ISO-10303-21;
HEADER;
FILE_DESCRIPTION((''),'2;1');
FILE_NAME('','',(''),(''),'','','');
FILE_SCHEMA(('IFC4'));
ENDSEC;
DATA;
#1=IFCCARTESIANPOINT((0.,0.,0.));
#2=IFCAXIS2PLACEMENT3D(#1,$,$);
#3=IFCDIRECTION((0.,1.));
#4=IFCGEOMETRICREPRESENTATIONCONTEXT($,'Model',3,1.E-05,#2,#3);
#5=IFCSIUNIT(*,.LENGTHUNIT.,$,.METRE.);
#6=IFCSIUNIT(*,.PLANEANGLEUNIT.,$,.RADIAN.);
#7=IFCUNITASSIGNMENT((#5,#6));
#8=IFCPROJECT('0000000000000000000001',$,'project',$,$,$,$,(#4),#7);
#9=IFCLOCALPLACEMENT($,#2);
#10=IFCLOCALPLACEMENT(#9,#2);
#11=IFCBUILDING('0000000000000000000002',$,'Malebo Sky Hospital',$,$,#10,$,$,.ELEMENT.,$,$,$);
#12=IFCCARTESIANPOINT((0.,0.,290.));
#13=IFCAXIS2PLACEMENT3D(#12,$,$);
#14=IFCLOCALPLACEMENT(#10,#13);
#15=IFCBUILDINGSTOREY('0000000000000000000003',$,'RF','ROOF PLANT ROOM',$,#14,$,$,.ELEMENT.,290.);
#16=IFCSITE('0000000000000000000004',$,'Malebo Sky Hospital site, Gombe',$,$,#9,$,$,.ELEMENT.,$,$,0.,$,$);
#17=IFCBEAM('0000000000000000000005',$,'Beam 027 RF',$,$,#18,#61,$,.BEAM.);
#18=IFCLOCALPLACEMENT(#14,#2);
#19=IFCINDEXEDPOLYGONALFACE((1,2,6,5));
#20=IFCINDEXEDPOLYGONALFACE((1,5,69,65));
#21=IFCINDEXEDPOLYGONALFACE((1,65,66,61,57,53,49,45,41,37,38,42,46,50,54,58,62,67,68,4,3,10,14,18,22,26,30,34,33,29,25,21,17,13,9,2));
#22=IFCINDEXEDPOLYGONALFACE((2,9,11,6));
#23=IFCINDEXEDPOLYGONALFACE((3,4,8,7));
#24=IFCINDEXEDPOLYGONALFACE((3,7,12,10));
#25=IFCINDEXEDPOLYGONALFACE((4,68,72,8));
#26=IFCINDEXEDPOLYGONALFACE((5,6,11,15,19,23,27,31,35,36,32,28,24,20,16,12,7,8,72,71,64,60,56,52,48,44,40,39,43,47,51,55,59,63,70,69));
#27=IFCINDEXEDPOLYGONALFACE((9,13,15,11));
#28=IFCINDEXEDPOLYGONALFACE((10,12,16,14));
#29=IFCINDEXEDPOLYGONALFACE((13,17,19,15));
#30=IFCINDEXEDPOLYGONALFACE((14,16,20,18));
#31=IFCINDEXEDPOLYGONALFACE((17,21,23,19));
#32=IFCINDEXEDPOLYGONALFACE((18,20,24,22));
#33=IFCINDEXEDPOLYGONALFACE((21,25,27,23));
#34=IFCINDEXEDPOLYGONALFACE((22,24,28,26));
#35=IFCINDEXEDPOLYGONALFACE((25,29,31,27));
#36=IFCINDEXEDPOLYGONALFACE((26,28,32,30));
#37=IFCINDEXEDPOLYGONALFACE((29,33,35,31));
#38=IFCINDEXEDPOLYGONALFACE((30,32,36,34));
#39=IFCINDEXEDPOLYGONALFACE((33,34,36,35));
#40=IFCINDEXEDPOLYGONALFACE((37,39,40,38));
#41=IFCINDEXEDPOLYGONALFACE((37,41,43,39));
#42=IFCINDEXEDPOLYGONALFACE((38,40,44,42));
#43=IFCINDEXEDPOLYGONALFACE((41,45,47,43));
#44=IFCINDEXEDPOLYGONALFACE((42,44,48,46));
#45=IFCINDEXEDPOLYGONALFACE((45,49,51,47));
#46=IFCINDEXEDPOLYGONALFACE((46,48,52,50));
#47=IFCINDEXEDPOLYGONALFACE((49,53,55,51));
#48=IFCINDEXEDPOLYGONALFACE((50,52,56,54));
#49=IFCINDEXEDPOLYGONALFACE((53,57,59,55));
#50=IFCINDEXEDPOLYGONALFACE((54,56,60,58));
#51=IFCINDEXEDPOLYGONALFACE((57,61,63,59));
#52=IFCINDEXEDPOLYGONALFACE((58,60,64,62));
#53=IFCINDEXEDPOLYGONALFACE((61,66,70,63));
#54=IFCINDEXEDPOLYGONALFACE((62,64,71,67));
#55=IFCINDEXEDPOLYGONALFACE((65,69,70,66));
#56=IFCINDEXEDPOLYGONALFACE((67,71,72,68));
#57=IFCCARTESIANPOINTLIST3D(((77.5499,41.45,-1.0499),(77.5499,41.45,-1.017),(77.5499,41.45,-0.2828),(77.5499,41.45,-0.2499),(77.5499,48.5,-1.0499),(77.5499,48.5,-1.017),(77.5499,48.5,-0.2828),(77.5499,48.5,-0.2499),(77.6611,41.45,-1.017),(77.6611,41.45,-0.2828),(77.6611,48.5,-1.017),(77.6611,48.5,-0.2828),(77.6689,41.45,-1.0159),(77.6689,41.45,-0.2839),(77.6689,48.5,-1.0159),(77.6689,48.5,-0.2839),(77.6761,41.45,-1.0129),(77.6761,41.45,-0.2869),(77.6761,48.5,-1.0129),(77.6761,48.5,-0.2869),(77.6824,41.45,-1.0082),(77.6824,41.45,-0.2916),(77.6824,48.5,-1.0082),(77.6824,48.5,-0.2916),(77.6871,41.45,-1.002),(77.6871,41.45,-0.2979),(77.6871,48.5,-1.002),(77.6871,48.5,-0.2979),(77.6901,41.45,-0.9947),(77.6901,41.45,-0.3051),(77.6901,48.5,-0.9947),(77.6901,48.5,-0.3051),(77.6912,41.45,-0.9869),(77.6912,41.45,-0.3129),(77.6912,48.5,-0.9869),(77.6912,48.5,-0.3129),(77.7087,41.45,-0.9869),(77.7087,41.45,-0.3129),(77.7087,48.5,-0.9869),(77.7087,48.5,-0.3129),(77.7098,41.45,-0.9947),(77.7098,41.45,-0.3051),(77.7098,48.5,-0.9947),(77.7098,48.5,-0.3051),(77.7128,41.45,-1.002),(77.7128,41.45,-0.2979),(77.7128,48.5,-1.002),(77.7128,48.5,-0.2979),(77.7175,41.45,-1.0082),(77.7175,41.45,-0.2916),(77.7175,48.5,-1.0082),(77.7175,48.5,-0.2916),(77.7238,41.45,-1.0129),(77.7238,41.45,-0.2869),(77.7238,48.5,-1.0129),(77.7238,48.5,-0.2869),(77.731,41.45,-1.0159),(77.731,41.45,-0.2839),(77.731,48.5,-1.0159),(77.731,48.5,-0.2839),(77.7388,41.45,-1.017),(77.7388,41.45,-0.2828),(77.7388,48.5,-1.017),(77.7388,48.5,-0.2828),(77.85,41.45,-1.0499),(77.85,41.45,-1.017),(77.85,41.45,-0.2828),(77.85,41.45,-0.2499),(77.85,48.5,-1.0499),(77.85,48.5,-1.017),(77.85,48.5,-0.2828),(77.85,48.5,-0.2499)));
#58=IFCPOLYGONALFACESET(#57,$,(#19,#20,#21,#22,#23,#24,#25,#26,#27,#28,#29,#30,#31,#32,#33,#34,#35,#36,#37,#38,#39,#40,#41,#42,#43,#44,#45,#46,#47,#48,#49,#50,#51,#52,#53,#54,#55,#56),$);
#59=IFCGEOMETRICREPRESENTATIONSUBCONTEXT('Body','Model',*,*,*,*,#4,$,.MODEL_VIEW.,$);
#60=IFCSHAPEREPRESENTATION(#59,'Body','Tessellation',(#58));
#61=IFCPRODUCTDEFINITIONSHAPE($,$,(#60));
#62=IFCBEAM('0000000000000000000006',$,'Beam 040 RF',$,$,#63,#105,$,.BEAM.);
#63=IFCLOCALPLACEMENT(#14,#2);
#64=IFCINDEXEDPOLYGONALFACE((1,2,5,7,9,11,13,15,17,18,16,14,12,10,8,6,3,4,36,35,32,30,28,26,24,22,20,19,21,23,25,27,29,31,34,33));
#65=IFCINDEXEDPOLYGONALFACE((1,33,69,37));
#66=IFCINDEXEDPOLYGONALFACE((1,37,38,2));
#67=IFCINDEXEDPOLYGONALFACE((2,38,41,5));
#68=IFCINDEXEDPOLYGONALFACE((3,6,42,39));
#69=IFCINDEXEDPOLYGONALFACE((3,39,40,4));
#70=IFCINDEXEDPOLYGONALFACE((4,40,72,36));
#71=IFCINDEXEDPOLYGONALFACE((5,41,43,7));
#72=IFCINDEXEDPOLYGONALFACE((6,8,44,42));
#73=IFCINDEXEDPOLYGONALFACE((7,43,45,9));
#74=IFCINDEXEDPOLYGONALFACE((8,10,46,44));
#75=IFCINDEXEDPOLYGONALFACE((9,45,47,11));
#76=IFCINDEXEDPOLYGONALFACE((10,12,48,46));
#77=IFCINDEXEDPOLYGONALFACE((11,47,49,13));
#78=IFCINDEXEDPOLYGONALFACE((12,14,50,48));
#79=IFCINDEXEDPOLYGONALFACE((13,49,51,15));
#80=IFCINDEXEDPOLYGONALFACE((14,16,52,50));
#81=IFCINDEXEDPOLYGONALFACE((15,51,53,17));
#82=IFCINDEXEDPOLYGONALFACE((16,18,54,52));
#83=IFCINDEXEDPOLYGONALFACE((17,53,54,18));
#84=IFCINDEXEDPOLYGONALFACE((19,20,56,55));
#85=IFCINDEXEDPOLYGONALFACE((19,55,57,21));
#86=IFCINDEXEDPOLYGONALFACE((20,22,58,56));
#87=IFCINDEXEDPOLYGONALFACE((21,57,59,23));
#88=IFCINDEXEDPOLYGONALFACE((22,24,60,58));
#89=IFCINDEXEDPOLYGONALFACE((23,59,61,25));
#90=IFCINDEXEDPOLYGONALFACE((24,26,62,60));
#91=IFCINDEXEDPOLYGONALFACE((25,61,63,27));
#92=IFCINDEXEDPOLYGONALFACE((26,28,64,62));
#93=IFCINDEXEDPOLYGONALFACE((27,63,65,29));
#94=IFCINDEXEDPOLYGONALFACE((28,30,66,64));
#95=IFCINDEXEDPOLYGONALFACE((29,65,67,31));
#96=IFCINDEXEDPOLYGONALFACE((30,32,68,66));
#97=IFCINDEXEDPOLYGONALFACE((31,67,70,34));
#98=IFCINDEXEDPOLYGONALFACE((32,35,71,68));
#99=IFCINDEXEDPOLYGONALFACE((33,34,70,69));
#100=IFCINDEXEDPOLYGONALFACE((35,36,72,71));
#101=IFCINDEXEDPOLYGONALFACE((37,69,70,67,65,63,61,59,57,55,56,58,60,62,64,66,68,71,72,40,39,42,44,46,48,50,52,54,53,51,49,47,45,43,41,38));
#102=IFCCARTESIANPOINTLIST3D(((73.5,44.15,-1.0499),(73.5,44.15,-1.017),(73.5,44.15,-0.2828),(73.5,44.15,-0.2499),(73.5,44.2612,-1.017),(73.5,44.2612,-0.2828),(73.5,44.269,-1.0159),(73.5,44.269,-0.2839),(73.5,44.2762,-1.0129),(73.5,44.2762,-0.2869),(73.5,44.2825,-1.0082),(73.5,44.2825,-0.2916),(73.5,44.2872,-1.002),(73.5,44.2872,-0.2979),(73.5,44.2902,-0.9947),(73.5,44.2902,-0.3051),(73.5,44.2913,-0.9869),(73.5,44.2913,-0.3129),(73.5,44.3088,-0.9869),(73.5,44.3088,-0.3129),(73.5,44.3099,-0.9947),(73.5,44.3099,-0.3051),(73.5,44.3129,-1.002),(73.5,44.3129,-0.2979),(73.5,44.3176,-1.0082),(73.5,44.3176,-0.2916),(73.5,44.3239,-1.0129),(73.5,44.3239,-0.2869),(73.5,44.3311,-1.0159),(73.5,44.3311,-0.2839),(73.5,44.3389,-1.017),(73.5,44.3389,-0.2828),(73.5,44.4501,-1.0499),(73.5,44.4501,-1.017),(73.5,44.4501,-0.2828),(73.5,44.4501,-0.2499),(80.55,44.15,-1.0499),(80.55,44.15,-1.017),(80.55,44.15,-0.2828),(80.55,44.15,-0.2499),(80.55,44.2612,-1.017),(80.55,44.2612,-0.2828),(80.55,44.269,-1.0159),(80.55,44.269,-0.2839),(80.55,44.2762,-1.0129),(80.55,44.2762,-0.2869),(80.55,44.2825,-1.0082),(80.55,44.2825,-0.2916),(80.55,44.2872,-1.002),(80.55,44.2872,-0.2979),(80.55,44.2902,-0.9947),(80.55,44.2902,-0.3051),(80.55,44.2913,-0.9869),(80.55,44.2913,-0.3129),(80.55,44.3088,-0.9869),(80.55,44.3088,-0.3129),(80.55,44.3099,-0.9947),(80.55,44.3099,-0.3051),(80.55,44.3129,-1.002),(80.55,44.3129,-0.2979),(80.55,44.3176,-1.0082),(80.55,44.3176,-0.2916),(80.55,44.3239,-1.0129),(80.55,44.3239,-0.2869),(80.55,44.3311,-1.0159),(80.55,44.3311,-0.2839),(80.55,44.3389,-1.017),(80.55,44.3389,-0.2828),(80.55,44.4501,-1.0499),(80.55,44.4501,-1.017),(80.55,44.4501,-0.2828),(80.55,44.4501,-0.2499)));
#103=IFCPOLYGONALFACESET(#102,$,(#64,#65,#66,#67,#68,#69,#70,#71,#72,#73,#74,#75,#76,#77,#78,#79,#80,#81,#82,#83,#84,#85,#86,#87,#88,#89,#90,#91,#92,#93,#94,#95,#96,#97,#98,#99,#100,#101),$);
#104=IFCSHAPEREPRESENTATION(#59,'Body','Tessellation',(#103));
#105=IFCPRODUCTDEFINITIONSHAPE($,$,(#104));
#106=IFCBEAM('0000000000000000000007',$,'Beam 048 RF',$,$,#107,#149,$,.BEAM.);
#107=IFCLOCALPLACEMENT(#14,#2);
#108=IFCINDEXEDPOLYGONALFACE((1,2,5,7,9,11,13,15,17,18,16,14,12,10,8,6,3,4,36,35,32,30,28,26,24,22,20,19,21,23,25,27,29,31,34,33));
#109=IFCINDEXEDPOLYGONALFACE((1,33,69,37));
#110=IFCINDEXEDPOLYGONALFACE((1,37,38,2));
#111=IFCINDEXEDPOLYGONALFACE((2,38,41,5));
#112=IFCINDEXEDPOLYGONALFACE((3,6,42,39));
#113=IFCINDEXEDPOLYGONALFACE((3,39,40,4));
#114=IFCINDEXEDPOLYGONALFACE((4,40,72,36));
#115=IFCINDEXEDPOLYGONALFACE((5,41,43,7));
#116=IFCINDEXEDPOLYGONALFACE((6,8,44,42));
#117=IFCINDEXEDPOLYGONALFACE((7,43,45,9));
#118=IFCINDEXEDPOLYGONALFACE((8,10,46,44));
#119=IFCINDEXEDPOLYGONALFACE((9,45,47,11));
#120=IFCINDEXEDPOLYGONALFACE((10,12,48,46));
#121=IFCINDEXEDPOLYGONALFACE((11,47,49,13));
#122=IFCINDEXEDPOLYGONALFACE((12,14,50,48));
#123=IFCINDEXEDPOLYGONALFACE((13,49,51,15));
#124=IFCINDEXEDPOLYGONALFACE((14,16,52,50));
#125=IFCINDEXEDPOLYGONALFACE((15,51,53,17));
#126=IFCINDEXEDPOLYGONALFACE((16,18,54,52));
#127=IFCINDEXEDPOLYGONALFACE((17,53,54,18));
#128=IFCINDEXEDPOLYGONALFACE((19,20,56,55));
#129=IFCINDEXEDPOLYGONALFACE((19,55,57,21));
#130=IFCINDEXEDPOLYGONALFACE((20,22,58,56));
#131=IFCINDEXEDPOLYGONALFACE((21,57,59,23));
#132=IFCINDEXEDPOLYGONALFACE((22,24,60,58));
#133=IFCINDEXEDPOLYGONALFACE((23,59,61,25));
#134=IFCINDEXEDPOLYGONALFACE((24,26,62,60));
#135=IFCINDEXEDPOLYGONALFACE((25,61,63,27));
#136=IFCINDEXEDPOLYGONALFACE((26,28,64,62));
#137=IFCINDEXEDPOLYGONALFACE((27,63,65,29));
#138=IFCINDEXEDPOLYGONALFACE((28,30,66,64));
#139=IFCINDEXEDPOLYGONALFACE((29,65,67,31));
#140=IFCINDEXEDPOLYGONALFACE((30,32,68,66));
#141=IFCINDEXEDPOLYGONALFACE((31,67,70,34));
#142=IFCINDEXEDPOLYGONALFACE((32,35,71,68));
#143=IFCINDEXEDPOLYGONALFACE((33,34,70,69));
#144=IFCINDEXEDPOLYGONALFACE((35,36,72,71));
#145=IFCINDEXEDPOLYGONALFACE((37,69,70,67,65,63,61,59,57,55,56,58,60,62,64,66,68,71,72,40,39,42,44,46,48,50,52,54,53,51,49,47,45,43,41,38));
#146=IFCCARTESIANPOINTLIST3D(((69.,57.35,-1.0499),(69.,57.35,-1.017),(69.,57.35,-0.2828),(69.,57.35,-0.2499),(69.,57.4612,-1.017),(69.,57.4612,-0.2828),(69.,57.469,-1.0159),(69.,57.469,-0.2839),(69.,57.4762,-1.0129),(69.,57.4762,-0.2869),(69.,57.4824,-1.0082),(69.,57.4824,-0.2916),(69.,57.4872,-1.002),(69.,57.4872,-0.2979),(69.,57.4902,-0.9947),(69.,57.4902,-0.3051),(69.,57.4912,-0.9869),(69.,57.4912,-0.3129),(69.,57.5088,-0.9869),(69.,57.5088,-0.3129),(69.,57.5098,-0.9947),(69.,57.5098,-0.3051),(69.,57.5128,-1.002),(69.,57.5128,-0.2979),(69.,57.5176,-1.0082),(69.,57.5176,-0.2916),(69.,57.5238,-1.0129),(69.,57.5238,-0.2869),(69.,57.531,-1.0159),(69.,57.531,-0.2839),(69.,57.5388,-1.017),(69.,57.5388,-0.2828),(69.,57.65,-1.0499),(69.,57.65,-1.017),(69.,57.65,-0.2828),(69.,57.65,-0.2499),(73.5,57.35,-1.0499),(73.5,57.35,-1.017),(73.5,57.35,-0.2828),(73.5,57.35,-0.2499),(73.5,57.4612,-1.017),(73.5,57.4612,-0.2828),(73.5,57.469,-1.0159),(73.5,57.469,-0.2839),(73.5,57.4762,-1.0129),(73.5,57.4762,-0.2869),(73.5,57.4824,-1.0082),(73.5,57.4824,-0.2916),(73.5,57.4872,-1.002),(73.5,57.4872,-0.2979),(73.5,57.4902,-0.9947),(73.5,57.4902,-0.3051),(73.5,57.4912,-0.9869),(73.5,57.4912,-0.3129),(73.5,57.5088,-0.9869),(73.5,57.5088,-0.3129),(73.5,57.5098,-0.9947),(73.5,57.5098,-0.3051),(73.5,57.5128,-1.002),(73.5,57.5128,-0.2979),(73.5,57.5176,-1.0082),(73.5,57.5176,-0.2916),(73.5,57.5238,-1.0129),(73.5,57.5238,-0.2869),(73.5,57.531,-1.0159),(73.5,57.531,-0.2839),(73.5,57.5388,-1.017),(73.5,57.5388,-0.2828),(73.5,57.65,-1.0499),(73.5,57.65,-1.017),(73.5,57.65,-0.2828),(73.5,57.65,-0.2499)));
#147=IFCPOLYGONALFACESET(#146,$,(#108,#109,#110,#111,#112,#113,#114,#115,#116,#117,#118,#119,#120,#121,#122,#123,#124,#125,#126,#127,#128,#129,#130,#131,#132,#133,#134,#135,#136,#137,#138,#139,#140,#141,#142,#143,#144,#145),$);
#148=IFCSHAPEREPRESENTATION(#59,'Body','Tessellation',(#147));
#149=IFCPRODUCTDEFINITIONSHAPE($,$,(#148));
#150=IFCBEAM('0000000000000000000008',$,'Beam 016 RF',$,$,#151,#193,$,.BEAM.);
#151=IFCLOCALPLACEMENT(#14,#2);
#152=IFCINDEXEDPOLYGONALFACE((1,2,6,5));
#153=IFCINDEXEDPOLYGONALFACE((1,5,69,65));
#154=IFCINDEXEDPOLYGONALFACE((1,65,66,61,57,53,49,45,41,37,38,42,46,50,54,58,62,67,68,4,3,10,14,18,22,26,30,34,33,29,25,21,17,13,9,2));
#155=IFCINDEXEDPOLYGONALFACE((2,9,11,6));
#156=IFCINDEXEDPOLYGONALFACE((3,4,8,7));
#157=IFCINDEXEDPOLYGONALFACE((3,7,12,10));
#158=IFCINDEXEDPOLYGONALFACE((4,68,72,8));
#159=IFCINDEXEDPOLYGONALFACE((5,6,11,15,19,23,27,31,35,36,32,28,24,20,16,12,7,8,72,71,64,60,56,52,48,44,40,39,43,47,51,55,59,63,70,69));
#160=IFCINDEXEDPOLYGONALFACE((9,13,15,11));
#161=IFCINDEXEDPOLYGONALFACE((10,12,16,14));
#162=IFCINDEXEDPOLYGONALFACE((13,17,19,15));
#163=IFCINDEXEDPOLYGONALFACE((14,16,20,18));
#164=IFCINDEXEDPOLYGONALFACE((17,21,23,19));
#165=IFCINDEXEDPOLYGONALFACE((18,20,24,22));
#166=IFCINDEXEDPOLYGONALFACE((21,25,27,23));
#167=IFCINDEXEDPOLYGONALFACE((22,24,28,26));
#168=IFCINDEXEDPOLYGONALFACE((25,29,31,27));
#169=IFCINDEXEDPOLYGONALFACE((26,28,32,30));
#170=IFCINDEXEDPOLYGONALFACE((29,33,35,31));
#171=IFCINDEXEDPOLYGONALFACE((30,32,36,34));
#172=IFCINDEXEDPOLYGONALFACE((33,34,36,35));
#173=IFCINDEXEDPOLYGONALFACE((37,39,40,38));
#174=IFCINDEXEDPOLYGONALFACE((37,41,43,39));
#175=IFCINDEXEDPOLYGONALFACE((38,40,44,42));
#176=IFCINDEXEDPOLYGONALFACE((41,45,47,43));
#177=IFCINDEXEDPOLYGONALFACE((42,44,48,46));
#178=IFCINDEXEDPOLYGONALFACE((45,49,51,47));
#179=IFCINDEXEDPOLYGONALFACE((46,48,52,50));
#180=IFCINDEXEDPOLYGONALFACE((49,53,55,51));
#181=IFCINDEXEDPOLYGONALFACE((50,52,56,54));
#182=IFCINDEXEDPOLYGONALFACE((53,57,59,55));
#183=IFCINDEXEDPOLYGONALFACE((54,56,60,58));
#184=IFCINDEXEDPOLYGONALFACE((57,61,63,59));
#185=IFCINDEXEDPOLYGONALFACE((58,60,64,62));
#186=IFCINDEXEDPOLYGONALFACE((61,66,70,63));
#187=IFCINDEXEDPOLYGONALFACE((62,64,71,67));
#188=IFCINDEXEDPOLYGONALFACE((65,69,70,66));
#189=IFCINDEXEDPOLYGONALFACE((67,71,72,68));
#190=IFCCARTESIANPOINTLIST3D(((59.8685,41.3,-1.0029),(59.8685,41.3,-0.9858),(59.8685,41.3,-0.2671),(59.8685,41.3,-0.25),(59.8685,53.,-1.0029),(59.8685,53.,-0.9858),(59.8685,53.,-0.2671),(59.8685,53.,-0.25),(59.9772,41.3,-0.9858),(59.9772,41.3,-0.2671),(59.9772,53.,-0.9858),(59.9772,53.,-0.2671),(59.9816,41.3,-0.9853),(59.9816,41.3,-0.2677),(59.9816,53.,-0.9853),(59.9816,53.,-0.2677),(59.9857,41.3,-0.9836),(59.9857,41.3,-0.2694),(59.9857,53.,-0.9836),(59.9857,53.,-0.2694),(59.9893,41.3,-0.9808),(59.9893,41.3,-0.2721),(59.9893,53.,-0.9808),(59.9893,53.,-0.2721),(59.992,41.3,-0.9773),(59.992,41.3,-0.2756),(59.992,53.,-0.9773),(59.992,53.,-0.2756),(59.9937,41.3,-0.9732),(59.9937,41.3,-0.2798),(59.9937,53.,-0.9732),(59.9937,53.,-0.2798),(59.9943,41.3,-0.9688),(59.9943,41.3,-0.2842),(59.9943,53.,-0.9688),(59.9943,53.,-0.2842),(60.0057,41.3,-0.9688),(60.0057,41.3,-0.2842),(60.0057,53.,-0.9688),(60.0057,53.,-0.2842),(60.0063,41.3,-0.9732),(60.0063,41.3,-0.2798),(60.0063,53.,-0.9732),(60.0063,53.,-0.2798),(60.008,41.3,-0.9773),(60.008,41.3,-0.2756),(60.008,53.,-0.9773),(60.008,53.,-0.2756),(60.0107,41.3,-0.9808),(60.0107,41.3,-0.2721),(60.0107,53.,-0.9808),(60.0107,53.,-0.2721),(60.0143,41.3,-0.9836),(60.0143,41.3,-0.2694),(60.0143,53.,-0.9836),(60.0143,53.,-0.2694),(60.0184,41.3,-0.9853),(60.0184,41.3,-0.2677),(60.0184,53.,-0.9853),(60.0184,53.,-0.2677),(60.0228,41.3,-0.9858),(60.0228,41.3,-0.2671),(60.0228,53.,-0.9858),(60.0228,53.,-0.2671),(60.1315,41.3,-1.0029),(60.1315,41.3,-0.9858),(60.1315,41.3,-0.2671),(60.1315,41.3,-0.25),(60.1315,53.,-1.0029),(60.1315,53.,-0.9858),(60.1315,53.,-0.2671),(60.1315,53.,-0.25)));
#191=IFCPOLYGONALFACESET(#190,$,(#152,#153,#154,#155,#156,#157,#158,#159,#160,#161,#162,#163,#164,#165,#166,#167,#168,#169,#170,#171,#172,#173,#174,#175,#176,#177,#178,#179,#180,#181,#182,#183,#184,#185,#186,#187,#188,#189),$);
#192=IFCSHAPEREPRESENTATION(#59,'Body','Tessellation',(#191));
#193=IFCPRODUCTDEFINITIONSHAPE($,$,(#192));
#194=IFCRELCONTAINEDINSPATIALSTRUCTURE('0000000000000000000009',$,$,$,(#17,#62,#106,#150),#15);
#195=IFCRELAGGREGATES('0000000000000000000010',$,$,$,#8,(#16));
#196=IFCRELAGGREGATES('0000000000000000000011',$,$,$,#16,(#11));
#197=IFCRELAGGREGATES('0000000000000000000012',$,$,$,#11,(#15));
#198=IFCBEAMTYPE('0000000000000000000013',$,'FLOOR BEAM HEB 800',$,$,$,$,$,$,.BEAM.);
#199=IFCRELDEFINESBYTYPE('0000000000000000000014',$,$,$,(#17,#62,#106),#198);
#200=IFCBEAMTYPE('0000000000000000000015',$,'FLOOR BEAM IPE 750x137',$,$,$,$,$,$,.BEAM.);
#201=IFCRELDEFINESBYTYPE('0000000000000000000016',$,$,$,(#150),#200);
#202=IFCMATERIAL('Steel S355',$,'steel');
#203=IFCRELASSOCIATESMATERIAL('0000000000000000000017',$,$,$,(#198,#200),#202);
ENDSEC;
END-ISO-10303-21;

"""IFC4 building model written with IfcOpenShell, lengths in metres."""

from ifc_helpers import new_model, si_unit, direction, frame, origin, origin_2d, place, context, subcontext, project, spatial, i_section, extrude, material, material_profile, profile_set, type_object, element, save


model = new_model("IFC4")

# Units and contexts
model_context = context("Model", 3, precision=1e-05, world=origin(), true_north=direction((0.0, 1.0)))
body_context = subcontext(model_context, "Body", "Model", "MODEL_VIEW")
ifc_project = project(units=[si_unit("LENGTHUNIT", "METRE"), si_unit("PLANEANGLEUNIT", "RADIAN")], contexts=[model_context])

# Site, building, storey
site_placement = place(None, origin())
site = spatial("IfcSite", under=ifc_project, at=site_placement, Name="Malebo Sky Hospital site, Gombe", CompositionType="ELEMENT", RefElevation=0.0)
building_placement = place(site_placement, origin())
building = spatial("IfcBuilding", under=site, at=building_placement, Name="Malebo Sky Hospital", CompositionType="ELEMENT")
storey_placement = place(building_placement, frame((0.0, 0.0, 290.0)))
storey = spatial("IfcBuildingStorey", under=building, at=storey_placement, Name="RF", Description="ROOF PLANT ROOM", CompositionType="ELEMENT", Elevation=290.0)

# Beams
ifc_material_1 = material(Name="Steel S355", Category="steel")
ifc_material_profile_1 = material_profile(ifc_material_1, i_section(OverallWidth=0.3, OverallDepth=0.8, WebThickness=0.0176, FlangeThickness=0.033, FilletRadius=0.03, at=origin_2d()), Name="HEB 800")
ifc_profile_set_1 = profile_set([ifc_material_profile_1], Name="Steel S355")
beam_type_1 = type_object("IfcBeamType", Name="FLOOR BEAM HEB 800", PredefinedType="BEAM", material=ifc_profile_set_1)
for number, where, z_axis, x_axis, name in (
    (1, (77.7, 41.45, -0.6499), (0.0, 1.0, 0.0), (-1.0, 0.0, 0.0), "Beam 027 RF"),
    (2, (73.5, 44.3, -0.6499), (1.0, 0.0, 0.0), (0.0, 1.0, 0.0), "Beam 040 RF"),
):
    element("IfcBeam", number, at=place(storey_placement, frame(where, z_axis=z_axis, x_axis=x_axis)), inside=storey, type_object=beam_type_1, Name=name, PredefinedType="BEAM", context=body_context, shape_type="SweptSolid", body=[
        extrude(i_section(OverallWidth=0.3, OverallDepth=0.8, WebThickness=0.0176, FlangeThickness=0.033, FilletRadius=0.03, at=origin_2d()), origin(), (0.0, 0.0, 1.0), 7.05),
    ])
beam_1_placement = place(storey_placement, frame((69.0, 57.5, -0.6499), z_axis=(1.0, 0.0, 0.0), x_axis=(0.0, 1.0, 0.0)))
element("IfcBeam", 3, at=beam_1_placement, inside=storey, type_object=beam_type_1, Name="Beam 048 RF", PredefinedType="BEAM", context=body_context, shape_type="SweptSolid", body=[
    extrude(i_section(OverallWidth=0.3, OverallDepth=0.8, WebThickness=0.0176, FlangeThickness=0.033, FilletRadius=0.03, at=origin_2d()), origin(), (0.0, 0.0, 1.0), 4.5),
])
ifc_material_profile_2 = material_profile(ifc_material_1, i_section(OverallWidth=0.2629, OverallDepth=0.7529, WebThickness=0.0115, FlangeThickness=0.0171, FilletRadius=0.0171, at=origin_2d()), Name="IPE 750x137")
ifc_profile_set_2 = profile_set([ifc_material_profile_2], Name="Steel S355")
beam_type_2 = type_object("IfcBeamType", Name="FLOOR BEAM IPE 750x137", PredefinedType="BEAM", material=ifc_profile_set_2)
beam_2_placement = place(storey_placement, frame((60.0, 41.3, -0.6265), z_axis=(0.0, 1.0, 0.0), x_axis=(-1.0, 0.0, 0.0)))
element("IfcBeam", 4, at=beam_2_placement, inside=storey, type_object=beam_type_2, Name="Beam 016 RF", PredefinedType="BEAM", context=body_context, shape_type="SweptSolid", body=[
    extrude(i_section(OverallWidth=0.2629, OverallDepth=0.7529, WebThickness=0.0115, FlangeThickness=0.0171, FilletRadius=0.0171, at=origin_2d()), origin(), (0.0, 0.0, 1.0), 11.7),
])

save(model, "model.ifc")
